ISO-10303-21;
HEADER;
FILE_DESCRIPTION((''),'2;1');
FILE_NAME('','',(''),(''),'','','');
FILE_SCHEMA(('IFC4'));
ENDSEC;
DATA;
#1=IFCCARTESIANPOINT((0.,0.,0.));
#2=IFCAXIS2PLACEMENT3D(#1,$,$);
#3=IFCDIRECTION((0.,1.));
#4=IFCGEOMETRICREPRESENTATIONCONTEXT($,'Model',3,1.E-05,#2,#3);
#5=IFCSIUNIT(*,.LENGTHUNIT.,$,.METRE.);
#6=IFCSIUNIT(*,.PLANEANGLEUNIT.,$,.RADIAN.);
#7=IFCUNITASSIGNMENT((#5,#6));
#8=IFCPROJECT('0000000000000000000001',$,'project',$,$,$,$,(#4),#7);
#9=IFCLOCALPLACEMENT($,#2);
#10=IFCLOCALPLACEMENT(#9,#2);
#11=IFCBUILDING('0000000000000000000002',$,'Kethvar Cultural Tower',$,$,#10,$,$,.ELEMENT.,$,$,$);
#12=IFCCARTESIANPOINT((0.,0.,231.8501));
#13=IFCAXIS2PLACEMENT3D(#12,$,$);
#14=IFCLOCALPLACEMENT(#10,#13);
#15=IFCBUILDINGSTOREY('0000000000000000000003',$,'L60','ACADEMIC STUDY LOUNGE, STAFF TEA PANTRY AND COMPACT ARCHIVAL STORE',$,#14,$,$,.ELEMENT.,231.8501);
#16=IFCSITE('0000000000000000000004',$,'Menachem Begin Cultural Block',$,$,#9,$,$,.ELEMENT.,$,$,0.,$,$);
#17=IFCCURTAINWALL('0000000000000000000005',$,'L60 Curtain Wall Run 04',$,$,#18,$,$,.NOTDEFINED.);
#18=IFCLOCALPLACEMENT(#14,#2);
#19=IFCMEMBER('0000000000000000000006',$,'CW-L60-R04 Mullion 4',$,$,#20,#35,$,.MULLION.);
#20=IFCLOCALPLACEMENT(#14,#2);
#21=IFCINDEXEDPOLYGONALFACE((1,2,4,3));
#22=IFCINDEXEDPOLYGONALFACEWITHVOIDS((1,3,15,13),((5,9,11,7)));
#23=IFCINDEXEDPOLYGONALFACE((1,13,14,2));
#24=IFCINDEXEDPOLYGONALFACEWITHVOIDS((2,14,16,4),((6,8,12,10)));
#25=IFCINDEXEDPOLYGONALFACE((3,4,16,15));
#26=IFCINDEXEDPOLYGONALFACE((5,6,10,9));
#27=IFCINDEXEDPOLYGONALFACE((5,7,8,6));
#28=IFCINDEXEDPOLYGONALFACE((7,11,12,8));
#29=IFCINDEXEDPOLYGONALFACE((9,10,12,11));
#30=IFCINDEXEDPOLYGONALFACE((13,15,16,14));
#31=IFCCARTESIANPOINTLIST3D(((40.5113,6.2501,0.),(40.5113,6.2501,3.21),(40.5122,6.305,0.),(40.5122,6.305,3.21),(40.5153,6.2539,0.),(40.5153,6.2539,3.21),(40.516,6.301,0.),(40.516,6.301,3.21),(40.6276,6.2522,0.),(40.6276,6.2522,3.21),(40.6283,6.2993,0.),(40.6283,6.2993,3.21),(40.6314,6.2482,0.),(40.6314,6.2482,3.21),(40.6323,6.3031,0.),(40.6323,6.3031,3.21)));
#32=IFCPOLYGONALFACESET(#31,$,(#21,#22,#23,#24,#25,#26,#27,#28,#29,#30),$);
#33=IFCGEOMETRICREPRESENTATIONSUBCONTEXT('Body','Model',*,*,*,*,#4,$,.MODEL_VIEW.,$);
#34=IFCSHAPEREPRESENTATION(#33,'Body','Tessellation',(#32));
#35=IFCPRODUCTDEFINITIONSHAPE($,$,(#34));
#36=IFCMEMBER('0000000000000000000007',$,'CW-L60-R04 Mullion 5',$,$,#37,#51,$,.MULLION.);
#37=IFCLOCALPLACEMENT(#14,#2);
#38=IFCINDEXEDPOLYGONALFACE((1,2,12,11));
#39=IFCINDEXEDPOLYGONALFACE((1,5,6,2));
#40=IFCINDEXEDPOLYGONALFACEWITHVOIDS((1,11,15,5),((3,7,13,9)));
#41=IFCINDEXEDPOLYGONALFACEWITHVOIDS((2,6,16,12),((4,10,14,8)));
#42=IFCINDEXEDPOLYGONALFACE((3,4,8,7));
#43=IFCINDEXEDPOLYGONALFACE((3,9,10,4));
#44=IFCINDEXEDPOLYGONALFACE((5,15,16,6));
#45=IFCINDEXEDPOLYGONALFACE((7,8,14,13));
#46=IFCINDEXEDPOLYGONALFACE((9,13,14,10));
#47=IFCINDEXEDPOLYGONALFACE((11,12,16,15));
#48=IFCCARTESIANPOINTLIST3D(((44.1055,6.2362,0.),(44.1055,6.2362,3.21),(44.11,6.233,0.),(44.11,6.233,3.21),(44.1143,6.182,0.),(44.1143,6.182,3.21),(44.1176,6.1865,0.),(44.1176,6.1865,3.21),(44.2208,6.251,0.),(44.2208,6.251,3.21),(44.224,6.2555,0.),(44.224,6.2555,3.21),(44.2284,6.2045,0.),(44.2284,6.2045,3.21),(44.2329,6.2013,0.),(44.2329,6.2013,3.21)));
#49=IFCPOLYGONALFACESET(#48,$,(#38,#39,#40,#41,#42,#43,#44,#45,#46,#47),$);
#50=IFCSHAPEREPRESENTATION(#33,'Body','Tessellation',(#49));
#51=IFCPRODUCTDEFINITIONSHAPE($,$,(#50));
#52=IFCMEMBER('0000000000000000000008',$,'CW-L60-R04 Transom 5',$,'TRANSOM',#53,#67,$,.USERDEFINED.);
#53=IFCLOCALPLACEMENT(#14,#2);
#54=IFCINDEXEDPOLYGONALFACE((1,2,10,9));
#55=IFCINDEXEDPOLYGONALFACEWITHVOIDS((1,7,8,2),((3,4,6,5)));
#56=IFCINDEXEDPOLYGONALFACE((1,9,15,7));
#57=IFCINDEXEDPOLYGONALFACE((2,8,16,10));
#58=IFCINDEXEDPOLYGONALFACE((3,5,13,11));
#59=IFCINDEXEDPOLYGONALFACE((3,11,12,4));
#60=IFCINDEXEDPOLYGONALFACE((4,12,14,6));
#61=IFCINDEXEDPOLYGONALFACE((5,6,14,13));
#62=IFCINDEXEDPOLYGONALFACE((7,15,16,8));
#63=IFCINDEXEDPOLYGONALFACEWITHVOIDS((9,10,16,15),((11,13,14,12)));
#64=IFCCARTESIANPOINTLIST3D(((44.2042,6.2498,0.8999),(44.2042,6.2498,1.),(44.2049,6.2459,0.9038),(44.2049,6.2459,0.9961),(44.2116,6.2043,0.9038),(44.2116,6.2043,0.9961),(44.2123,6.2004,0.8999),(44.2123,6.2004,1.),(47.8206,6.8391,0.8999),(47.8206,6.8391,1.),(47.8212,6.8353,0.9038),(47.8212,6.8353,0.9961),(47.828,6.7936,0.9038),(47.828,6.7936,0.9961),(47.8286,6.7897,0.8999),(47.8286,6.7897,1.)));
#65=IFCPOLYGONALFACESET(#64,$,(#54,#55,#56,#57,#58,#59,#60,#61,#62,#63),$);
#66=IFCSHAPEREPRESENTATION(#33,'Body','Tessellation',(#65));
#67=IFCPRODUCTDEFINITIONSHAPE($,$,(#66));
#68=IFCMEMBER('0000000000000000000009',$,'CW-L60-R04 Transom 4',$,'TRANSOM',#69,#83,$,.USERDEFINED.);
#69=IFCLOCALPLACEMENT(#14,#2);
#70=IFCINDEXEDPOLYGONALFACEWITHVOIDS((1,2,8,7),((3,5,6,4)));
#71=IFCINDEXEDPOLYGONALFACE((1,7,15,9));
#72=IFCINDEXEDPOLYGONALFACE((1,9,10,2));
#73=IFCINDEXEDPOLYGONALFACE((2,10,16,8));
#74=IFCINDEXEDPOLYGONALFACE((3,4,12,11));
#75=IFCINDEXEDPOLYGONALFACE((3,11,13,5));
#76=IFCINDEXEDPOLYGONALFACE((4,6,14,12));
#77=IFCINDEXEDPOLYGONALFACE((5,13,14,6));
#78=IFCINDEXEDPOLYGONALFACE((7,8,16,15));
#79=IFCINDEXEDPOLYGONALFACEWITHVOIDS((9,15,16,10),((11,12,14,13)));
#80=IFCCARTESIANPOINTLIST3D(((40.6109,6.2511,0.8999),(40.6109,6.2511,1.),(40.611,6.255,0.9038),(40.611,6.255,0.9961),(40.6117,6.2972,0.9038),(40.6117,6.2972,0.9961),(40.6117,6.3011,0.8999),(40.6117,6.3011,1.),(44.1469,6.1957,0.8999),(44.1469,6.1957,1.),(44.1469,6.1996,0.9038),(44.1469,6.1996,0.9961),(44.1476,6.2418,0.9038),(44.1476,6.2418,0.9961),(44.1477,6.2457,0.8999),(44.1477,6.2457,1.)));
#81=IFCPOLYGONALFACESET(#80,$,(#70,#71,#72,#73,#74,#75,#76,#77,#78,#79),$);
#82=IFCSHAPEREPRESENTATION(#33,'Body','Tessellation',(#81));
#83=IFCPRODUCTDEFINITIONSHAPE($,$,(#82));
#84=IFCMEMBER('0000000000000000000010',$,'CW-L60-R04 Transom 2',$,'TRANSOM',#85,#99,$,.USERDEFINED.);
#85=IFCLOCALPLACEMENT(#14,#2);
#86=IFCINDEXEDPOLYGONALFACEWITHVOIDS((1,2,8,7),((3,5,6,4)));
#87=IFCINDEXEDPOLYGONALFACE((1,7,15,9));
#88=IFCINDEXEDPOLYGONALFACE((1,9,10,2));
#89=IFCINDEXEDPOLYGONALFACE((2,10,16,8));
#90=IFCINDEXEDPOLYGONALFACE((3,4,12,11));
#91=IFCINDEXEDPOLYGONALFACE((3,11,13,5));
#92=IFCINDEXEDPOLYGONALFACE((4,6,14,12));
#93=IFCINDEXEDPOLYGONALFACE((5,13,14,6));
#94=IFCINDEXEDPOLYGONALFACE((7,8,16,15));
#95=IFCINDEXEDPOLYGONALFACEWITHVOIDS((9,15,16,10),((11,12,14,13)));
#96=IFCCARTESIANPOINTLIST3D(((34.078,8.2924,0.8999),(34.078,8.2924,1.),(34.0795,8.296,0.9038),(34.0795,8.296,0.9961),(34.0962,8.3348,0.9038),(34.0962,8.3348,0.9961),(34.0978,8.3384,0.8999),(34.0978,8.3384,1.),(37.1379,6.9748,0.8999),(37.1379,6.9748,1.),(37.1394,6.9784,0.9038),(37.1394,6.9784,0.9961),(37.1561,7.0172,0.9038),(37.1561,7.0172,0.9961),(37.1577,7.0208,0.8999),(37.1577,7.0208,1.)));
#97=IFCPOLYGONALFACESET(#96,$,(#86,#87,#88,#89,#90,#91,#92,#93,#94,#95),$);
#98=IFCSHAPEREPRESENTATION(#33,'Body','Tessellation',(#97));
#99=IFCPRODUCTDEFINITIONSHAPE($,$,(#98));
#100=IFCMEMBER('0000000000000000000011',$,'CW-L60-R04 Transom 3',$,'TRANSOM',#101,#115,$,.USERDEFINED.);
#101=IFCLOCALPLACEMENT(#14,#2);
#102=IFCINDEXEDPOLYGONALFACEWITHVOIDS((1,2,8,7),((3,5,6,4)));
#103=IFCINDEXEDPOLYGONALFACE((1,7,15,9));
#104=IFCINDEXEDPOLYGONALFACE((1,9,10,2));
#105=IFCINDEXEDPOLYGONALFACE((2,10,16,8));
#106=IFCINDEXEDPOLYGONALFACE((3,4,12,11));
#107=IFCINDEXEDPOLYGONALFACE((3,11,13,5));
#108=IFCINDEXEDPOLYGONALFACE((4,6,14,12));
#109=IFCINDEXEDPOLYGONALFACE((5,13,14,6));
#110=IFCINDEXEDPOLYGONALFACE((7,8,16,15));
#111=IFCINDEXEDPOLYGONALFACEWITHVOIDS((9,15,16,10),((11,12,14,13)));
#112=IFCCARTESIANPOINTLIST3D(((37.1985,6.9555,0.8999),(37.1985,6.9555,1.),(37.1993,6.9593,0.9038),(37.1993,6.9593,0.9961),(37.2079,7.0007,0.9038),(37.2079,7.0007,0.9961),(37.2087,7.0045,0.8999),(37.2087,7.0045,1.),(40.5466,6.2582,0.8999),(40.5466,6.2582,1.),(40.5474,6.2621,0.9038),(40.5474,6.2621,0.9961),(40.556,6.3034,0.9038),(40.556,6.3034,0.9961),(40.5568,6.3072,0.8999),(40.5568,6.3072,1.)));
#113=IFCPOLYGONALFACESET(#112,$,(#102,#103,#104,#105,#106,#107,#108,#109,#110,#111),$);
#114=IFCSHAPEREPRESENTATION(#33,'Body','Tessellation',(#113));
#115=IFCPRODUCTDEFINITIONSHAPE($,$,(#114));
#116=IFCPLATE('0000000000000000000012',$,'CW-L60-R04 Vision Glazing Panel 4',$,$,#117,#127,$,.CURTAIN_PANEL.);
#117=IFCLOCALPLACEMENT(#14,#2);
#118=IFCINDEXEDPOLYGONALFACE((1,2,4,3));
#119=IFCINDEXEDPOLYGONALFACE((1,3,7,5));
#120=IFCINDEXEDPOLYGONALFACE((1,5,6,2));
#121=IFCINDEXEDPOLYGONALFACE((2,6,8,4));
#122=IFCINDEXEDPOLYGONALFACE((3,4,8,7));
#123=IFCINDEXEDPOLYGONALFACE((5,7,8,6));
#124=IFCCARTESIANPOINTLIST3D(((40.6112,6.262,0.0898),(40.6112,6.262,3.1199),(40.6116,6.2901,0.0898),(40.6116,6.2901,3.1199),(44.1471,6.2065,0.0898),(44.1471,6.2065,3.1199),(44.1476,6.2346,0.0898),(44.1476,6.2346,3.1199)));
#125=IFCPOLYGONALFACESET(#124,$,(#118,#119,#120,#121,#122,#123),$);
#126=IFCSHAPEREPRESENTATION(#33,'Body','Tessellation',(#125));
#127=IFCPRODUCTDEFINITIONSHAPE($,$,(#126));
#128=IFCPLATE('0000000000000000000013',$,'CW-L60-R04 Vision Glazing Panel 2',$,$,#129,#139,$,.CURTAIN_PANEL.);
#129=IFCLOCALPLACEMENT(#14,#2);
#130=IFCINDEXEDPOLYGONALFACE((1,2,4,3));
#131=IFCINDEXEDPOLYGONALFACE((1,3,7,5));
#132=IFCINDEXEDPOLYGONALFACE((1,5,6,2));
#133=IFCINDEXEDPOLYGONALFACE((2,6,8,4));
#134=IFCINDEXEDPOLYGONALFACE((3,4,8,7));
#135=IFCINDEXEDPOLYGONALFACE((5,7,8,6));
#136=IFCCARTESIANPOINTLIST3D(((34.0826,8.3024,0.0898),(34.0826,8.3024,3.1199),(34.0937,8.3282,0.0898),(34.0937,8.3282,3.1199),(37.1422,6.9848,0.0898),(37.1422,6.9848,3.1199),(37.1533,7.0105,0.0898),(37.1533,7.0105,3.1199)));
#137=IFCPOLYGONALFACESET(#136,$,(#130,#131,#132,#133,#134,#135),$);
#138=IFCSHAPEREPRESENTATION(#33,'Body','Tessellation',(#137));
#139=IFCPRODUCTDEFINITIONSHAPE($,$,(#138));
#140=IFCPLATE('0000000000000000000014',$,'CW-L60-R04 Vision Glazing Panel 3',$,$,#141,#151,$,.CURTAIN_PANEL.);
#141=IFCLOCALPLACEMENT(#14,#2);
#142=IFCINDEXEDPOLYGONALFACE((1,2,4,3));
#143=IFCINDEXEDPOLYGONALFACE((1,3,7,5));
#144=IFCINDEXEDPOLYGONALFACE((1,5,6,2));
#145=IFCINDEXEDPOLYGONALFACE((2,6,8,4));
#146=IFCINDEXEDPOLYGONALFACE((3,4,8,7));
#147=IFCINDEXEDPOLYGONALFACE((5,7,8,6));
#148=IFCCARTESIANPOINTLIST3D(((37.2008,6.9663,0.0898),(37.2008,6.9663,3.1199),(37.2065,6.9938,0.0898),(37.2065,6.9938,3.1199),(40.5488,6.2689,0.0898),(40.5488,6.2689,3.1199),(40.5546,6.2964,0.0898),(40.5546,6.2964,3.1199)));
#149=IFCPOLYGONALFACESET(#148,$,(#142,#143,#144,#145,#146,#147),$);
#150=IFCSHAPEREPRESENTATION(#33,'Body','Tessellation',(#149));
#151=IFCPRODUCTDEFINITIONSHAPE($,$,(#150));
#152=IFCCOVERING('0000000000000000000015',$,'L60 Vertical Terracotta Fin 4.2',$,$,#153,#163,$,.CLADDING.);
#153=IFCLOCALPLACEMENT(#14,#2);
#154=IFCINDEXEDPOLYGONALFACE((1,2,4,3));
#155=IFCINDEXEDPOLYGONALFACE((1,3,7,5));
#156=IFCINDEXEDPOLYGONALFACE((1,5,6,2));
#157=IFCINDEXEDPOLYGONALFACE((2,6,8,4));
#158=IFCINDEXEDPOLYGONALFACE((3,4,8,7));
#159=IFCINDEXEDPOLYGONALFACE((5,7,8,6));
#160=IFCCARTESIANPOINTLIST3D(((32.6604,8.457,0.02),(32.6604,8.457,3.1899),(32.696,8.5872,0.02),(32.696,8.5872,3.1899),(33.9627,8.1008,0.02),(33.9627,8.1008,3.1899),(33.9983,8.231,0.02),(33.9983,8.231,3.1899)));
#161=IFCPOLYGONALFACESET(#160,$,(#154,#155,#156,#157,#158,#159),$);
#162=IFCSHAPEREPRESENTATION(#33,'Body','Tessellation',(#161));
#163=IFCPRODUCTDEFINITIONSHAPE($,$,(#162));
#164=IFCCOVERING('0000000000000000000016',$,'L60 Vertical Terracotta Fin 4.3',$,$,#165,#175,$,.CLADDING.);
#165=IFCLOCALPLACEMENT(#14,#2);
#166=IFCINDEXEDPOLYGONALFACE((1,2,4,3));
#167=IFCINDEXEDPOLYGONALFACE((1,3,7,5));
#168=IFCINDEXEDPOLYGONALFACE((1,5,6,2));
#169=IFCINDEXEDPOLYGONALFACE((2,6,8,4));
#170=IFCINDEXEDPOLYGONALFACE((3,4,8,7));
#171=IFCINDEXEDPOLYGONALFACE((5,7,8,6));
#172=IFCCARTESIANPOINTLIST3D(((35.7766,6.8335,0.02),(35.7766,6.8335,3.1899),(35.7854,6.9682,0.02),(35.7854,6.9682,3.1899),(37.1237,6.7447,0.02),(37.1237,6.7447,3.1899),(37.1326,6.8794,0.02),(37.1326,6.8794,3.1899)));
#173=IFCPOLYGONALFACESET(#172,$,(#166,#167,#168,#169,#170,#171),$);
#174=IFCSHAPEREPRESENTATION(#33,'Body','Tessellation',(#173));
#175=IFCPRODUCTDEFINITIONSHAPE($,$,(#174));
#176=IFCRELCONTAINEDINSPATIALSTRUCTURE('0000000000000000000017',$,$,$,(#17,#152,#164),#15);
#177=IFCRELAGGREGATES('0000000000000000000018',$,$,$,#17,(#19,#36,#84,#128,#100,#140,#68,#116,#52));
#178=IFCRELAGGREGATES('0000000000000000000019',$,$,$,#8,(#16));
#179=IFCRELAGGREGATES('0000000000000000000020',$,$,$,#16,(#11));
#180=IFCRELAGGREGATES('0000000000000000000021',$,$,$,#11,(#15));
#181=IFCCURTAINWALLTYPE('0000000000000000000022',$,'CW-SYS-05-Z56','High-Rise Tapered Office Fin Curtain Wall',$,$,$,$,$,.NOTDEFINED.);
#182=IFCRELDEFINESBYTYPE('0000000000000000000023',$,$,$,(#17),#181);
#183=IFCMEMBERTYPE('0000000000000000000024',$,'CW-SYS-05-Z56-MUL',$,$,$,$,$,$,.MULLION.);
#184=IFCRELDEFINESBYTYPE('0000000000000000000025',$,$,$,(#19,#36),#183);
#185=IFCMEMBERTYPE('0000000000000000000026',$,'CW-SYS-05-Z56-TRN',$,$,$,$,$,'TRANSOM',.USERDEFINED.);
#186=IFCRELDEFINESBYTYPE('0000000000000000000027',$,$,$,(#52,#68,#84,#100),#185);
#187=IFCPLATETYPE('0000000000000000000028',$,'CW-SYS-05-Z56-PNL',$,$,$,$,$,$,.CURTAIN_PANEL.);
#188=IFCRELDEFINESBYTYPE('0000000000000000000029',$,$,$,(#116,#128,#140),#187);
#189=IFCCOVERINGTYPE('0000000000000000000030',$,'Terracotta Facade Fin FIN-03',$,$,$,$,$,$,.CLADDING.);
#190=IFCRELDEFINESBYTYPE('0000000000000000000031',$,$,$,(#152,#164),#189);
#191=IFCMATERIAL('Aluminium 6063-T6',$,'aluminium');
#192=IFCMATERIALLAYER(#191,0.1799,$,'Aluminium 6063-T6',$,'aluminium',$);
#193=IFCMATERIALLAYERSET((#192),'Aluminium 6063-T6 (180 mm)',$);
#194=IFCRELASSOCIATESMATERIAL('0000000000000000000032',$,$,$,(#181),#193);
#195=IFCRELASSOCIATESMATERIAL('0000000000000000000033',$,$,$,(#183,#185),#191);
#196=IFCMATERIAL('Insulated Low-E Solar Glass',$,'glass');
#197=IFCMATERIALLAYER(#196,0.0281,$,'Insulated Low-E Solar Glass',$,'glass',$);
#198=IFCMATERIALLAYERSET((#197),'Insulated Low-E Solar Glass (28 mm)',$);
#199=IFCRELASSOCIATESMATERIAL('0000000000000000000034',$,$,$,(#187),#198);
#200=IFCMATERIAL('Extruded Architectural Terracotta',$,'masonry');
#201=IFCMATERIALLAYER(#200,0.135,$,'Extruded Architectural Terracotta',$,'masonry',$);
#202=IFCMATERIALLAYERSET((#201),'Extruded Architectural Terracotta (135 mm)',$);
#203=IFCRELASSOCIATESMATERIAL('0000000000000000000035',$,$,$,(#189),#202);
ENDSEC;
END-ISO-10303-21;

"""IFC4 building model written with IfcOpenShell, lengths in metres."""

from ifc_helpers import new_model, si_unit, direction, frame, origin, origin_2d, place, context, subcontext, project, spatial, rectangle, hollow_rectangle, extrude, source, transform, mapped, material, layer, layer_set, material_profile, profile_set, type_object, element, aggregate, save


model = new_model("IFC4")

# Units and contexts
model_context = context("Model", 3, precision=1e-05, world=origin(), true_north=direction((0.0, 1.0)))
body_context = subcontext(model_context, "Body", "Model", "MODEL_VIEW")
ifc_project = project(units=[si_unit("LENGTHUNIT", "METRE"), si_unit("PLANEANGLEUNIT", "RADIAN")], contexts=[model_context])

# Site, building, storey
site_placement = place(None, origin())
site = spatial("IfcSite", under=ifc_project, at=site_placement, Name="Menachem Begin Cultural Block", CompositionType="ELEMENT", RefElevation=0.0)
building_placement = place(site_placement, origin())
building = spatial("IfcBuilding", under=site, at=building_placement, Name="Kethvar Cultural Tower", CompositionType="ELEMENT")
storey_placement = place(building_placement, frame((0.0, 0.0, 231.8501)))
storey = spatial("IfcBuildingStorey", under=building, at=storey_placement, Name="L60", Description="ACADEMIC STUDY LOUNGE, STAFF TEA PANTRY AND COMPACT ARCHIVAL STORE", CompositionType="ELEMENT", Elevation=231.8501)

# Curtain wall, members, plates
ifc_material_1 = material(Name="Aluminium 6063-T6", Category="aluminium")
ifc_layer_1 = layer(ifc_material_1, 0.1799, Name="Aluminium 6063-T6", Category="aluminium")
ifc_layer_set_1 = layer_set([ifc_layer_1], Name="Aluminium 6063-T6 (180 mm)")
curtain_wall_type = type_object("IfcCurtainWallType", Name="CW-SYS-05-Z56", Description="High-Rise Tapered Office Fin Curtain Wall", PredefinedType="NOTDEFINED", material=ifc_layer_set_1)
curtain_wall_placement = place(storey_placement, origin())
curtain_wall = element("IfcCurtainWall", 1, at=curtain_wall_placement, inside=storey, type_object=curtain_wall_type, Name="L60 Curtain Wall Run 04", PredefinedType="NOTDEFINED")
ifc_material_profile_1 = material_profile(ifc_material_1, hollow_rectangle(XDim=0.0549, YDim=0.1201, WallThickness=0.0039, at=origin_2d()), Name="Aluminium 6063-T6 — RHS120x55x4")
ifc_profile_set_1 = profile_set([ifc_material_profile_1], Name="Aluminium 6063-T6 — RHS120x55x4")
member_type_1 = type_object("IfcMemberType", Name="CW-SYS-05-Z56-MUL", PredefinedType="MULLION", material=ifc_profile_set_1)
shared_shape_1 = source(origin(), body_context, "Body", "SweptSolid", [
    extrude(hollow_rectangle(XDim=0.0549, YDim=0.1201, WallThickness=0.0039, at=origin_2d()), origin(), (0.0, 0.0, 1.0), 3.21),
])
member_1_placement = place(storey_placement, frame((40.5718, 6.2766, 0.0), z_axis=(0.0, 0.0, 1.0), x_axis=(0.01569, 0.999877, 0.0)))
member_1 = element("IfcMember", 2, at=member_1_placement, type_object=member_type_1, Name="CW-L60-R04 Mullion 4", PredefinedType="MULLION", context=body_context, shape_type="MappedRepresentation", body=[
    mapped(shared_shape_1, transform((0.0, 0.0, 0.0), scale=1.0)),
])
member_2_placement = place(storey_placement, frame((44.1692, 6.2188, 0.0), z_axis=(0.0, 0.0, 1.0), x_axis=(-0.160846, 0.98698, 0.0)))
member_2 = element("IfcMember", 3, at=member_2_placement, type_object=member_type_1, Name="CW-L60-R04 Mullion 5", PredefinedType="MULLION", context=body_context, shape_type="MappedRepresentation", body=[
    mapped(shared_shape_1, transform((0.0, 0.0, 0.0), scale=1.0)),
])
ifc_material_profile_2 = material_profile(ifc_material_1, hollow_rectangle(XDim=0.05, YDim=0.1001, WallThickness=0.0039, at=origin_2d()), Name="Aluminium 6063-T6 — RHS100x50x4")
ifc_profile_set_2 = profile_set([ifc_material_profile_2], Name="Aluminium 6063-T6 — RHS100x50x4")
member_type_2 = type_object("IfcMemberType", Name="CW-SYS-05-Z56-TRN", ElementType="TRANSOM", PredefinedType="USERDEFINED", material=ifc_profile_set_2)
shared_shape_2 = source(origin(), body_context, "Body", "SweptSolid", [
    extrude(hollow_rectangle(XDim=0.05, YDim=0.1001, WallThickness=0.0039, at=origin_2d()), origin(), (0.0, 0.0, 1.0), 3.6641),
])
member_3_placement = place(storey_placement, frame((44.2083, 6.2251, 0.95), z_axis=(0.98698, 0.160843, 0.0), x_axis=(-0.160843, 0.98698, 0.0)))
member_3 = element("IfcMember", 4, at=member_3_placement, type_object=member_type_2, Name="CW-L60-R04 Transom 5", ObjectType="TRANSOM", PredefinedType="USERDEFINED", context=body_context, shape_type="MappedRepresentation", body=[
    mapped(shared_shape_2, transform((0.0, 0.0, 0.0), scale=1.0)),
])
shared_shape_3 = source(origin(), body_context, "Body", "SweptSolid", [
    extrude(hollow_rectangle(XDim=0.05, YDim=0.1001, WallThickness=0.0039, at=origin_2d()), origin(), (0.0, 0.0, 1.0), 3.5364),
])
member_4_placement = place(storey_placement, frame((40.6113, 6.2761, 0.95), z_axis=(0.999877, -0.015672, 0.0), x_axis=(0.015672, 0.999877, 0.0)))
member_4 = element("IfcMember", 5, at=member_4_placement, type_object=member_type_2, Name="CW-L60-R04 Transom 4", ObjectType="TRANSOM", PredefinedType="USERDEFINED", context=body_context, shape_type="MappedRepresentation", body=[
    mapped(shared_shape_3, transform((0.0, 0.0, 0.0), scale=1.0)),
])
shared_shape_4 = source(origin(), body_context, "Body", "SweptSolid", [
    extrude(hollow_rectangle(XDim=0.05, YDim=0.1001, WallThickness=0.0039, at=origin_2d()), origin(), (0.0, 0.0, 1.0), 3.3315),
])
member_5_placement = place(storey_placement, frame((34.0879, 8.3154, 0.95), z_axis=(0.918461, -0.395511, 0.0), x_axis=(0.395511, 0.918461, 0.0)))
member_5 = element("IfcMember", 6, at=member_5_placement, type_object=member_type_2, Name="CW-L60-R04 Transom 2", ObjectType="TRANSOM", PredefinedType="USERDEFINED", context=body_context, shape_type="MappedRepresentation", body=[
    mapped(shared_shape_4, transform((0.0, 0.0, 0.0), scale=1.0)),
])
shared_shape_5 = source(origin(), body_context, "Body", "SweptSolid", [
    extrude(hollow_rectangle(XDim=0.05, YDim=0.1001, WallThickness=0.0039, at=origin_2d()), origin(), (0.0, 0.0, 1.0), 3.4199),
])
member_6_placement = place(storey_placement, frame((37.2036, 6.98, 0.95), z_axis=(0.978996, -0.20388, 0.0), x_axis=(0.20388, 0.978996, 0.0)))
member_6 = element("IfcMember", 7, at=member_6_placement, type_object=member_type_2, Name="CW-L60-R04 Transom 3", ObjectType="TRANSOM", PredefinedType="USERDEFINED", context=body_context, shape_type="MappedRepresentation", body=[
    mapped(shared_shape_5, transform((0.0, 0.0, 0.0), scale=1.0)),
])
ifc_material_2 = material(Name="Insulated Low-E Solar Glass", Category="glass")
ifc_layer_2 = layer(ifc_material_2, 0.0281, Name="Insulated Low-E Solar Glass", Category="glass")
ifc_layer_set_2 = layer_set([ifc_layer_2], Name="Insulated Low-E Solar Glass (28 mm)")
plate_type = type_object("IfcPlateType", Name="CW-SYS-05-Z56-PNL", PredefinedType="CURTAIN_PANEL", material=ifc_layer_set_2)
shared_shape_6 = source(origin(), body_context, "Body", "SweptSolid", [
    extrude(rectangle(XDim=3.5364, YDim=0.0281, at=origin_2d()), origin(), (0.0, 0.0, 1.0), 3.03),
])
plate_1_placement = place(storey_placement, frame((42.3794, 6.2483, 0.0898), z_axis=(0.0, 0.0, 1.0), x_axis=(0.999877, -0.01569, 0.0)))
plate_1 = element("IfcPlate", 8, at=plate_1_placement, type_object=plate_type, Name="CW-L60-R04 Vision Glazing Panel 4", PredefinedType="CURTAIN_PANEL", context=body_context, shape_type="MappedRepresentation", body=[
    mapped(shared_shape_6, transform((0.0, 0.0, 0.0), scale=1.0)),
])
shared_shape_7 = source(origin(), body_context, "Body", "SweptSolid", [
    extrude(rectangle(XDim=3.3313, YDim=0.0281, at=origin_2d()), origin(), (0.0, 0.0, 1.0), 3.03),
])
plate_2_placement = place(storey_placement, frame((35.6179, 7.6565, 0.0898), z_axis=(0.0, 0.0, 1.0), x_axis=(0.918446, -0.395546, 0.0)))
plate_2 = element("IfcPlate", 9, at=plate_2_placement, type_object=plate_type, Name="CW-L60-R04 Vision Glazing Panel 2", PredefinedType="CURTAIN_PANEL", context=body_context, shape_type="MappedRepresentation", body=[
    mapped(shared_shape_7, transform((0.0, 0.0, 0.0), scale=1.0)),
])
shared_shape_8 = source(origin(), body_context, "Body", "SweptSolid", [
    extrude(rectangle(XDim=3.4199, YDim=0.0281, at=origin_2d()), origin(), (0.0, 0.0, 1.0), 3.03),
])
plate_3_placement = place(storey_placement, frame((38.8777, 6.6313, 0.0898), z_axis=(0.0, 0.0, 1.0), x_axis=(0.978985, -0.203932, 0.0)))
plate_3 = element("IfcPlate", 10, at=plate_3_placement, type_object=plate_type, Name="CW-L60-R04 Vision Glazing Panel 3", PredefinedType="CURTAIN_PANEL", context=body_context, shape_type="MappedRepresentation", body=[
    mapped(shared_shape_8, transform((0.0, 0.0, 0.0), scale=1.0)),
])
aggregate(curtain_wall, [member_1, member_2, member_5, plate_2, member_6, plate_3, member_4, plate_1, member_3])

# Coverings
ifc_material_3 = material(Name="Extruded Architectural Terracotta", Category="masonry")
ifc_layer_3 = layer(ifc_material_3, 0.135, Name="Extruded Architectural Terracotta", Category="masonry")
ifc_layer_set_3 = layer_set([ifc_layer_3], Name="Extruded Architectural Terracotta (135 mm)")
covering_type = type_object("IfcCoveringType", Name="Terracotta Facade Fin FIN-03", PredefinedType="CLADDING", material=ifc_layer_set_3)
shared_shape_9 = source(origin(), body_context, "Body", "SweptSolid", [
    extrude(rectangle(XDim=1.3501, YDim=0.135, at=origin_2d()), origin(), (0.0, 0.0, 1.0), 3.1699),
])
for number, where, z_axis, x_axis, name in (
    (11, (33.3293, 8.344, 0.02), (0.0, 0.0, 1.0), (-0.964557, 0.263873, 0.0), "L60 Vertical Terracotta Fin 4.2"),
    (12, (36.4546, 6.8564, 0.02), (0.0, 0.0, 1.0), (-0.997836, 0.065751, 0.0), "L60 Vertical Terracotta Fin 4.3"),
):
    element("IfcCovering", number, at=place(storey_placement, frame(where, z_axis=z_axis, x_axis=x_axis)), inside=storey, type_object=covering_type, Name=name, PredefinedType="CLADDING", context=body_context, shape_type="MappedRepresentation", body=[
        mapped(shared_shape_9, transform((0.0, 0.0, 0.0), scale=1.0)),
    ])

save(model, "model.ifc")
